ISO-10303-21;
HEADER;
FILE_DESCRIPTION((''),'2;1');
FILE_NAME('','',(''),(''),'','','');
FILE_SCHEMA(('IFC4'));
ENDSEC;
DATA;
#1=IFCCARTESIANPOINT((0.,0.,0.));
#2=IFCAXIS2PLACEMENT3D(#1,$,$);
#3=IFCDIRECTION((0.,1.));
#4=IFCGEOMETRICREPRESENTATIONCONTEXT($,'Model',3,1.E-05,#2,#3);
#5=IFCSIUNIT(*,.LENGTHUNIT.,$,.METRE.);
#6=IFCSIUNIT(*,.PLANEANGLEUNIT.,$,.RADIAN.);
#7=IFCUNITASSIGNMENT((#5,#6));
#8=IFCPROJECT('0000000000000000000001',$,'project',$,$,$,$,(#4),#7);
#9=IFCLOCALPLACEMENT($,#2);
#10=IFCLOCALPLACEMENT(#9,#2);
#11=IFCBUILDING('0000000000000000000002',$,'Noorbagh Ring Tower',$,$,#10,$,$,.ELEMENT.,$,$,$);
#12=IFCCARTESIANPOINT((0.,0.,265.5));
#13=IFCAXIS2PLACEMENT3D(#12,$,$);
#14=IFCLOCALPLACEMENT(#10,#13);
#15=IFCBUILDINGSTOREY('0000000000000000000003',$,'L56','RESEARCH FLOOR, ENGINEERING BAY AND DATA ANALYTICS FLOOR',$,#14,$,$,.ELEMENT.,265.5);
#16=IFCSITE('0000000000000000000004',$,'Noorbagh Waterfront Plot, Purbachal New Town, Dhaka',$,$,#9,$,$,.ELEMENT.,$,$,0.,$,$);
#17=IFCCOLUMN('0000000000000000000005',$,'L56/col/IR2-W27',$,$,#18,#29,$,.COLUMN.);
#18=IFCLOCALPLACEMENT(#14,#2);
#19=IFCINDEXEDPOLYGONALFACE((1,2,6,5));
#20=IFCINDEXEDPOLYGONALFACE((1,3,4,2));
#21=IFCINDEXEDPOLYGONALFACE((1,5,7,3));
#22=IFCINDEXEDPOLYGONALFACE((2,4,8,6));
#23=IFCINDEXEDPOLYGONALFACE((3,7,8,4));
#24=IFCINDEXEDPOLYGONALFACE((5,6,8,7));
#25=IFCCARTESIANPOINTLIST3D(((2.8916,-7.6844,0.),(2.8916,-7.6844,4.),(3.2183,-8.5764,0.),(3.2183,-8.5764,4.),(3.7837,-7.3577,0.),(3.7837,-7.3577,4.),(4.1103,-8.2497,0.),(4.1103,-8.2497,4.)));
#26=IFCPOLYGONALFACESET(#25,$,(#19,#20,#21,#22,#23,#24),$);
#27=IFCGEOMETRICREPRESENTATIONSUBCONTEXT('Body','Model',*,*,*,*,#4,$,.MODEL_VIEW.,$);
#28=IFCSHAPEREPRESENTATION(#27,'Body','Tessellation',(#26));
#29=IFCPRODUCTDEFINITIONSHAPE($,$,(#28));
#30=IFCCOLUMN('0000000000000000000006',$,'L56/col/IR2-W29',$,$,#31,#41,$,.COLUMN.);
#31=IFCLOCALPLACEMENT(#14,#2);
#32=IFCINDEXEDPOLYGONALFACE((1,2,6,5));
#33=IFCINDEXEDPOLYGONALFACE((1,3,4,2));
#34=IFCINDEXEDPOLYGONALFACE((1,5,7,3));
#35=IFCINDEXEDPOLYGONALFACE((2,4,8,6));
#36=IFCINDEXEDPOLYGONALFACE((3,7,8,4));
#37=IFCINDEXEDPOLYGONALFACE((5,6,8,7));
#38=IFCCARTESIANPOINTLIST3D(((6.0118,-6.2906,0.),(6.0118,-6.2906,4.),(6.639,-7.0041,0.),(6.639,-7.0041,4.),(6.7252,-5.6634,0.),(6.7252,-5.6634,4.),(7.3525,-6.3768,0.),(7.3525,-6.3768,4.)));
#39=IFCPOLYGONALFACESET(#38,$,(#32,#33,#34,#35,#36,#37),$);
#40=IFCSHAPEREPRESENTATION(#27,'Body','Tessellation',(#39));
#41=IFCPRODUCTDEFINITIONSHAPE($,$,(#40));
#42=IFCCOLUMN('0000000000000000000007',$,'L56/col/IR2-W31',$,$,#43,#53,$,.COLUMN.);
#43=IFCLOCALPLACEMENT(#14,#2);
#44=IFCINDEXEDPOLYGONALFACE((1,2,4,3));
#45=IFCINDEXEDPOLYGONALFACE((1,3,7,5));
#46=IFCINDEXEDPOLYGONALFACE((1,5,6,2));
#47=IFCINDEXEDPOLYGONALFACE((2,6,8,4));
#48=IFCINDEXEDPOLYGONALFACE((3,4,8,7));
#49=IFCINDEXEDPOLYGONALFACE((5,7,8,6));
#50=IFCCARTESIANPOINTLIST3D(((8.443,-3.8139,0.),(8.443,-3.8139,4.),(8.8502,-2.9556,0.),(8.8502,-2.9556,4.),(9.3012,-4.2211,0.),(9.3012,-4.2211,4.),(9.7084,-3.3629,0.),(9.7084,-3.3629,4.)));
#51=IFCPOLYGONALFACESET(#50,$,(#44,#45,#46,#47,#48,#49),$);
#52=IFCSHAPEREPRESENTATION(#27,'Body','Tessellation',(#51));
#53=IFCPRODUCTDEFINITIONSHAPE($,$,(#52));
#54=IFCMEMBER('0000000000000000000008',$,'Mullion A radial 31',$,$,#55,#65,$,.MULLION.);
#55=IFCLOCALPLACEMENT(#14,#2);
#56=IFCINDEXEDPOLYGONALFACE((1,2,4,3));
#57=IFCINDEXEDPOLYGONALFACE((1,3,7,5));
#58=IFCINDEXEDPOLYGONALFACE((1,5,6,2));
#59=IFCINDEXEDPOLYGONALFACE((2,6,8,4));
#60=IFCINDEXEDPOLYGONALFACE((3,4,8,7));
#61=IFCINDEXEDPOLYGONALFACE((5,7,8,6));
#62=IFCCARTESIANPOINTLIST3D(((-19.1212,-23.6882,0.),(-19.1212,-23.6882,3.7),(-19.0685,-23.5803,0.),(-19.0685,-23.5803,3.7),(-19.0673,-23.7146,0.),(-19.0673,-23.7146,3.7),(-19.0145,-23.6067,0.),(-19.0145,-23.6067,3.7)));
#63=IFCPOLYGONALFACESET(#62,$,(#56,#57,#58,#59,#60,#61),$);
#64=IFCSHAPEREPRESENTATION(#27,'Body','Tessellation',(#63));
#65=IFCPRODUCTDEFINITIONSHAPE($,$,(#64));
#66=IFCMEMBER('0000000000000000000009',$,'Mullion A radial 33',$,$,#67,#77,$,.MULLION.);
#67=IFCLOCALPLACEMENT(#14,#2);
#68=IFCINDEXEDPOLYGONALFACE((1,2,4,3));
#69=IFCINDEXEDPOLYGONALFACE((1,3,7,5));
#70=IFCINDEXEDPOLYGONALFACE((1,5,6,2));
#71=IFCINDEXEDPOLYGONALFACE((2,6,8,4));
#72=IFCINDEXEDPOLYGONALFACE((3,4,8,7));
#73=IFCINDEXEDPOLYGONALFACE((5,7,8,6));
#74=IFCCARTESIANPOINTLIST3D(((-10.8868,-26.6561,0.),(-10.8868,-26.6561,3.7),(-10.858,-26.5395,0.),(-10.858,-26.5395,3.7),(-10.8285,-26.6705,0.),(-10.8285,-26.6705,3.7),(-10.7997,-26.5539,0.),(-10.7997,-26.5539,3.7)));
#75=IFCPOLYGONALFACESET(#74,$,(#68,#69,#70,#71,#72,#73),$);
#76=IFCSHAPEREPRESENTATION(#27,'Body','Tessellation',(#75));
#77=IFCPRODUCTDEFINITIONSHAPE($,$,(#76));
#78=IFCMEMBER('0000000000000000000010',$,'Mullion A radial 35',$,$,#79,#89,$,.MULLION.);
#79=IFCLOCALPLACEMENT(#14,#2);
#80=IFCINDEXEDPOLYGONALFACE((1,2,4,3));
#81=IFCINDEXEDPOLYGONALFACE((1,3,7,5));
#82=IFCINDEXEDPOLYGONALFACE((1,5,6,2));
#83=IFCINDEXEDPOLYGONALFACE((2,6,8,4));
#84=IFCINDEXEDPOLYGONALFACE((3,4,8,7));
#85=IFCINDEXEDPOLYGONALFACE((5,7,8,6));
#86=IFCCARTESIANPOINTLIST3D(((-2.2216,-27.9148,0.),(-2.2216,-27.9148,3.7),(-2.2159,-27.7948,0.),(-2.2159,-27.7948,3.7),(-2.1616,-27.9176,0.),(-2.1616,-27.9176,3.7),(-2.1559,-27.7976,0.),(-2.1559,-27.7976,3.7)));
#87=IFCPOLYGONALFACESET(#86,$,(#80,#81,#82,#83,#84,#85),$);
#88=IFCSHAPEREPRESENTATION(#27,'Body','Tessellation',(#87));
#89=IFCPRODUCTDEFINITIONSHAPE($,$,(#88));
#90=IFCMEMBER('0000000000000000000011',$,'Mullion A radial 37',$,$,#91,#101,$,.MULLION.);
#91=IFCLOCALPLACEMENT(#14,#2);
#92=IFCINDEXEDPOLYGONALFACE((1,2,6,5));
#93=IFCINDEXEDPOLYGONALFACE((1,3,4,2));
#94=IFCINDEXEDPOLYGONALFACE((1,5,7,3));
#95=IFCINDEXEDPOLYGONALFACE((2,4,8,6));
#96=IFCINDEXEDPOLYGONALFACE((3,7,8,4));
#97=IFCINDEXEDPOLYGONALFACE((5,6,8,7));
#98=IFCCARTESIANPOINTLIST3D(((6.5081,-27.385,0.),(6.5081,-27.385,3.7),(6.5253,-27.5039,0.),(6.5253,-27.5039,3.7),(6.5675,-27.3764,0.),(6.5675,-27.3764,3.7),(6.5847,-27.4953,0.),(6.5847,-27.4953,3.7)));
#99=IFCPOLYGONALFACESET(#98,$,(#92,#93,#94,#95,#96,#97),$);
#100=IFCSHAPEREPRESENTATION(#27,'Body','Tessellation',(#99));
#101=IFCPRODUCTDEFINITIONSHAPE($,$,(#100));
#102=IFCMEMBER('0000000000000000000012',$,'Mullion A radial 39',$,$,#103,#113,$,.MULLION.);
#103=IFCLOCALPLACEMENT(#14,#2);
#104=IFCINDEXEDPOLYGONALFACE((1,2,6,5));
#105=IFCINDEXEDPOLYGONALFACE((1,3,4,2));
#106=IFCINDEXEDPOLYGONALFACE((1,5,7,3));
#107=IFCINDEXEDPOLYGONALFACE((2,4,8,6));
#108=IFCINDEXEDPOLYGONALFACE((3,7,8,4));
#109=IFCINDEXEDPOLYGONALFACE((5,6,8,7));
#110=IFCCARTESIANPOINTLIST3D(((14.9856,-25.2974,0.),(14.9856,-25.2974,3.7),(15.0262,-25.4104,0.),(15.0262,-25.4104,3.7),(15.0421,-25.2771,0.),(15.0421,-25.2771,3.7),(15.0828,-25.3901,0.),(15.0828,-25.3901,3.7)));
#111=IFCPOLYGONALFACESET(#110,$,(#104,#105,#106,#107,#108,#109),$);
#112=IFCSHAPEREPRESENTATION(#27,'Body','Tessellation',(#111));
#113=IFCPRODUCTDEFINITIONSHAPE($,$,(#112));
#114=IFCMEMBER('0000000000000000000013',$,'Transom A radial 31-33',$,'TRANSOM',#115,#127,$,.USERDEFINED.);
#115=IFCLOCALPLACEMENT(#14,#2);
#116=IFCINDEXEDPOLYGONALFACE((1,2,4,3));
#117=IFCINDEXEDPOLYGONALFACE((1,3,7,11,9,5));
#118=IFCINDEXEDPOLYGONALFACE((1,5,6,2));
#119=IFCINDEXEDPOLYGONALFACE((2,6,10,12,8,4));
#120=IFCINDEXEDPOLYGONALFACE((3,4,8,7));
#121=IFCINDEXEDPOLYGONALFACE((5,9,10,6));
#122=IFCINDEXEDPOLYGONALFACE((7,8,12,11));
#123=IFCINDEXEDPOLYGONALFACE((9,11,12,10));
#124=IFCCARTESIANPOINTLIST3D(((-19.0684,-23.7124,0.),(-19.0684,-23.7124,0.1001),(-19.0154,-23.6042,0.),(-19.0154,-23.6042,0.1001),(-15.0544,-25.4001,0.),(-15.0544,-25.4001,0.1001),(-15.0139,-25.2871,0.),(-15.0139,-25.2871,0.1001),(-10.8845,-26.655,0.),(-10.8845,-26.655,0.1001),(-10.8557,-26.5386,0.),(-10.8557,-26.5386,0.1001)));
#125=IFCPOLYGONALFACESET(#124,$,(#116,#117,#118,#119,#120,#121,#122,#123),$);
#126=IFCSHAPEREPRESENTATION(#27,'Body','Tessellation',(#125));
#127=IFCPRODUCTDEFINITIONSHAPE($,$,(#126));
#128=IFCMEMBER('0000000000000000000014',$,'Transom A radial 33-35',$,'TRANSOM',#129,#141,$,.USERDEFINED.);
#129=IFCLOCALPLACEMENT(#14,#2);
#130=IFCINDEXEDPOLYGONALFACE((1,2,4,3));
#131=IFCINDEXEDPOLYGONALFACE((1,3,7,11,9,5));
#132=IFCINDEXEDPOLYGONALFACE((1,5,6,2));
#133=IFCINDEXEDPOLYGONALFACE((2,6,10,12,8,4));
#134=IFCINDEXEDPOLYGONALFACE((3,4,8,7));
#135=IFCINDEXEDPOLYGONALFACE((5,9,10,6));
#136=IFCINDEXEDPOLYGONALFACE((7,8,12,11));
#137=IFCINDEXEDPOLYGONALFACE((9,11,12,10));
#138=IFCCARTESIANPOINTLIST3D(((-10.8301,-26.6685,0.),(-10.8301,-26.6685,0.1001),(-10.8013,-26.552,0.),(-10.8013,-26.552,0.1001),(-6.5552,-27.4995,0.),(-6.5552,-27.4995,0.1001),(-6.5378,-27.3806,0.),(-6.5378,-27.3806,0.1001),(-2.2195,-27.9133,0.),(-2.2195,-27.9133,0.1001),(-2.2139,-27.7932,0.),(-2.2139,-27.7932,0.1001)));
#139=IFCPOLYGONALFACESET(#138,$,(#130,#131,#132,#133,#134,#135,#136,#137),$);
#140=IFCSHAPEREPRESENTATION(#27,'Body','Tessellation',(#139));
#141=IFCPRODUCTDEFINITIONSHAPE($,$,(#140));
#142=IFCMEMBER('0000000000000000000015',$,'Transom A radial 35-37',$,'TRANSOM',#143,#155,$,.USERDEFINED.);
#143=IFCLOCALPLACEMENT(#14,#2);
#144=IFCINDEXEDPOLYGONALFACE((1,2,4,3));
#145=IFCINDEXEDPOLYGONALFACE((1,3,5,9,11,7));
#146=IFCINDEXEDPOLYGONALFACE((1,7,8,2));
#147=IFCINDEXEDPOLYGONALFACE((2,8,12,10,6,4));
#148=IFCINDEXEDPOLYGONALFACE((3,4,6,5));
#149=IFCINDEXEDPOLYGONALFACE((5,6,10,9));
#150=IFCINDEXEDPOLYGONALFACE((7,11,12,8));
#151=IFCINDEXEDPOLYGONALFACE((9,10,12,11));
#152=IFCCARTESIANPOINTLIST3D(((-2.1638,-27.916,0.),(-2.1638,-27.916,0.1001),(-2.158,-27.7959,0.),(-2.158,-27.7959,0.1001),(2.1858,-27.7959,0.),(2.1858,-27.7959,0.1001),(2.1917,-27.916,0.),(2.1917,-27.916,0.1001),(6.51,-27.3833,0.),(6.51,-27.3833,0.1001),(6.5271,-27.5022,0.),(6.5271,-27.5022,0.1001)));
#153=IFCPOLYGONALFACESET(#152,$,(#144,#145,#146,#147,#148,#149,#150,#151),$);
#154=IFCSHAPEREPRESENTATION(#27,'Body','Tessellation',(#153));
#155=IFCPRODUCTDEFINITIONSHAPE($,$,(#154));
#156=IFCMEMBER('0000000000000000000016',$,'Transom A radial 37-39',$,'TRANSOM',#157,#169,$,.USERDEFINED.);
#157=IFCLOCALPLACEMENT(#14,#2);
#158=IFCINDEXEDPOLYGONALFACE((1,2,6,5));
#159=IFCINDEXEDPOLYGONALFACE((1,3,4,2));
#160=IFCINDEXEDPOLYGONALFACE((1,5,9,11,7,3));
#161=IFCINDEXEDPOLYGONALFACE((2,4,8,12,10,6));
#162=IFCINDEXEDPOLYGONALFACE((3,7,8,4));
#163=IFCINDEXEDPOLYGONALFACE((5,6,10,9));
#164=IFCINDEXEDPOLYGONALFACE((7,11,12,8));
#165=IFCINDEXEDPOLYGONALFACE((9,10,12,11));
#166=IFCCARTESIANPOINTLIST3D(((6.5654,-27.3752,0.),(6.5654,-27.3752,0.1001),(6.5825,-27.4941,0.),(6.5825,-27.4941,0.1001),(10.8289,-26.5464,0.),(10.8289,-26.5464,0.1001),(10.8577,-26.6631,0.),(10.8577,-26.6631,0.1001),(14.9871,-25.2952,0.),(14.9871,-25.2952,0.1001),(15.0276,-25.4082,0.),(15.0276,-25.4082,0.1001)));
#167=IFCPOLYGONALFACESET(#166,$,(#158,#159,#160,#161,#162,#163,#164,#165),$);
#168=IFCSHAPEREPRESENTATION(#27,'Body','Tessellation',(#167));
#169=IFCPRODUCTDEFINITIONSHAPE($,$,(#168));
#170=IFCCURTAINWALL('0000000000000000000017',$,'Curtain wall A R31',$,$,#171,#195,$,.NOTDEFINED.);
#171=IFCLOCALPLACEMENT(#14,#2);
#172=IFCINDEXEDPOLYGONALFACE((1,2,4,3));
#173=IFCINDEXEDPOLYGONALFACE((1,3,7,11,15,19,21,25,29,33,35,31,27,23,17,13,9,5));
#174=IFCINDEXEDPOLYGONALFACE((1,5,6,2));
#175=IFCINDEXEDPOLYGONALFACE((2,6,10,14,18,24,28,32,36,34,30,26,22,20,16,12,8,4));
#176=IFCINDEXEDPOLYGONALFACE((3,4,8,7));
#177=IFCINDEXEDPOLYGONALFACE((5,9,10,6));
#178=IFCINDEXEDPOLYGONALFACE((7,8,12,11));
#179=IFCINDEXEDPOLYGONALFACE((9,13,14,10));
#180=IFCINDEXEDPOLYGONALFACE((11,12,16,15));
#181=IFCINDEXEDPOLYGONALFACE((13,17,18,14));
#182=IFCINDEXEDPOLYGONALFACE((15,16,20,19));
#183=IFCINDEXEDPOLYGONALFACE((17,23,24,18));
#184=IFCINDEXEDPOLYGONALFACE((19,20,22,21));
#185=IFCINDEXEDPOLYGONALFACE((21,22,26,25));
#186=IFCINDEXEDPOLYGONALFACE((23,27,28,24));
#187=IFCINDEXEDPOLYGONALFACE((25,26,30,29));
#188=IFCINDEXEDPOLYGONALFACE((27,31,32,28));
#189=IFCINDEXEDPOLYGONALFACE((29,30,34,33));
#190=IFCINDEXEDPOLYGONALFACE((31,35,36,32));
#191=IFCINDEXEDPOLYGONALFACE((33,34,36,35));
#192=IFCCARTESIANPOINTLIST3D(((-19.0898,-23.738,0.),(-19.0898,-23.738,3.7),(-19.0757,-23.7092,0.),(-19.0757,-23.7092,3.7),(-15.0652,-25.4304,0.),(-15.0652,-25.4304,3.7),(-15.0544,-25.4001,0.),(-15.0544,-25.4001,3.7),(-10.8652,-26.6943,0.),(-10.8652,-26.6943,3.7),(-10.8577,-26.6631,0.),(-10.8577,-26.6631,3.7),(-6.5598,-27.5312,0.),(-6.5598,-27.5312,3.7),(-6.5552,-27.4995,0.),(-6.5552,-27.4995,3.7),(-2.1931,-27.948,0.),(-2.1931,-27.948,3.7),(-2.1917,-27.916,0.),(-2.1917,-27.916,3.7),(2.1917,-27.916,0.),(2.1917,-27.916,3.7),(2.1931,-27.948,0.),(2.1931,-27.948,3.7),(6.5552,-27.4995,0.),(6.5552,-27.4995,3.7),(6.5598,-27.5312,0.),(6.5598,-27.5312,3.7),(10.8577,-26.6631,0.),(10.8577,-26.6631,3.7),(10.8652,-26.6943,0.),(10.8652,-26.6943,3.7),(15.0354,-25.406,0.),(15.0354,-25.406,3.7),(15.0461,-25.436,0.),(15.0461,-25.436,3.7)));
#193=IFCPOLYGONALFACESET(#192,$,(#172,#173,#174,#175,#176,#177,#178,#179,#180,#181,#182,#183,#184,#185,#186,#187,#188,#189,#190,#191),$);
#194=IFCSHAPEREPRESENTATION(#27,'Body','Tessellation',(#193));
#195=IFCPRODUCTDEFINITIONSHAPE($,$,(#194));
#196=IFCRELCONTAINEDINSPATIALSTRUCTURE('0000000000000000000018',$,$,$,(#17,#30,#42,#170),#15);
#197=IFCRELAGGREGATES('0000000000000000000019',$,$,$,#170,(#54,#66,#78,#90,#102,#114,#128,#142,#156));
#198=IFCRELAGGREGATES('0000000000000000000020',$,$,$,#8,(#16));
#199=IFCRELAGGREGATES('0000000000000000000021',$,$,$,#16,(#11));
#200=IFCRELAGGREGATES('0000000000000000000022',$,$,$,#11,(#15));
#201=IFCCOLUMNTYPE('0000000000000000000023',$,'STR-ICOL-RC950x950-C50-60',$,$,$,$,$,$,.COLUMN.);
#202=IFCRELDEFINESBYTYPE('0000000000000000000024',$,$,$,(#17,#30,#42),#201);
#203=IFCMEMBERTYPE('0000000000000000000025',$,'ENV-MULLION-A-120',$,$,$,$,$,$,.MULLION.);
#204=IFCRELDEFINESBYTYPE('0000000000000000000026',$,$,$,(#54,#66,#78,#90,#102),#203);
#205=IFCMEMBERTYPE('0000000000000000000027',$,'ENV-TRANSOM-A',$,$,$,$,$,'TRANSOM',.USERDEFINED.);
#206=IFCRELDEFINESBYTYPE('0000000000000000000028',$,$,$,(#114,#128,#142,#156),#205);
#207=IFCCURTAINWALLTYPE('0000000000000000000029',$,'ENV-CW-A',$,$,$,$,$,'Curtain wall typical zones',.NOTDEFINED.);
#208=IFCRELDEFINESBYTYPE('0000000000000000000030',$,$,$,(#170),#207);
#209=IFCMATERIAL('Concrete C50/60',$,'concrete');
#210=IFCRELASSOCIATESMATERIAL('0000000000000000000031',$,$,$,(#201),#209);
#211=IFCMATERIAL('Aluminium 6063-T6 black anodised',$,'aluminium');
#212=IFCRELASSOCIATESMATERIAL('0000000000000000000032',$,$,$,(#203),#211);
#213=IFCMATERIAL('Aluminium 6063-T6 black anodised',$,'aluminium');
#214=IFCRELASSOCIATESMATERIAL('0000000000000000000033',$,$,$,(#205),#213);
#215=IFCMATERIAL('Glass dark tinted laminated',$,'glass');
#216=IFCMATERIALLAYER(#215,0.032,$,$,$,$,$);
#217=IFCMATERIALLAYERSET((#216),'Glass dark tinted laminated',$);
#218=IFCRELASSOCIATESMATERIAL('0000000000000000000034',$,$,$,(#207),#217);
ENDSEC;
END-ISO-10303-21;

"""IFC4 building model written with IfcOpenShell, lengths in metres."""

from ifc_helpers import new_model, si_unit, direction, frame, origin, origin_2d, place, context, subcontext, project, spatial, polyline, rectangle, outline, extrude, material, layer, layer_set, material_profile, profile_set, type_object, element, aggregate, save


model = new_model("IFC4")

# Units and contexts
model_context = context("Model", 3, precision=1e-05, world=origin(), true_north=direction((0.0, 1.0)))
body_context = subcontext(model_context, "Body", "Model", "MODEL_VIEW")
ifc_project = project(units=[si_unit("LENGTHUNIT", "METRE"), si_unit("PLANEANGLEUNIT", "RADIAN")], contexts=[model_context])

# Site, building, storey
site_placement = place(None, origin())
site = spatial("IfcSite", under=ifc_project, at=site_placement, Name="Noorbagh Waterfront Plot, Purbachal New Town, Dhaka", CompositionType="ELEMENT", RefElevation=0.0)
building_placement = place(site_placement, origin())
building = spatial("IfcBuilding", under=site, at=building_placement, Name="Noorbagh Ring Tower", CompositionType="ELEMENT")
storey_placement = place(building_placement, frame((0.0, 0.0, 265.5)))
storey = spatial("IfcBuildingStorey", under=building, at=storey_placement, Name="L56", Description="RESEARCH FLOOR, ENGINEERING BAY AND DATA ANALYTICS FLOOR", CompositionType="ELEMENT", Elevation=265.5)

# Columns
ifc_material_1 = material(Name="Concrete C50/60", Category="concrete")
ifc_material_profile_1 = material_profile(ifc_material_1, rectangle(XDim=0.95, YDim=0.95, at=origin_2d()), Name="RC950x950")
ifc_profile_set_1 = profile_set([ifc_material_profile_1], Name="Concrete C50/60")
column_type = type_object("IfcColumnType", Name="STR-ICOL-RC950x950-C50-60", PredefinedType="COLUMN", material=ifc_profile_set_1)
for number, where, z_axis, x_axis, name in (
    (1, (3.501, -7.967, 0.0), (0.0, 0.0, 1.0), (0.93902, 0.343864, 0.0), "L56/col/IR2-W27"),
    (2, (6.6821, -6.3337, 0.0), (0.0, 0.0, 1.0), (0.751022, 0.660277, 0.0), "L56/col/IR2-W29"),
    (3, (9.0757, -3.5884, 0.0), (0.0, 0.0, 1.0), (0.428667, 0.903463, 0.0), "L56/col/IR2-W31"),
):
    element("IfcColumn", number, at=place(storey_placement, frame(where, z_axis=z_axis, x_axis=x_axis)), inside=storey, type_object=column_type, Name=name, PredefinedType="COLUMN", context=body_context, shape_type="SweptSolid", body=[
        extrude(rectangle(XDim=0.95, YDim=0.95, at=origin_2d()), origin(), (0.0, 0.0, 1.0), 4.0),
    ])

# Members
ifc_material_2 = material(Name="Aluminium 6063-T6 black anodised", Category="aluminium")
ifc_material_profile_2 = material_profile(ifc_material_2, rectangle(XDim=0.1201, YDim=0.0601, at=origin_2d()), Name="120x60")
ifc_profile_set_2 = profile_set([ifc_material_profile_2], Name="Aluminium 6063-T6 black anodised")
member_type_1 = type_object("IfcMemberType", Name="ENV-MULLION-A-120", PredefinedType="MULLION", material=ifc_profile_set_2)
member_1_placement = place(storey_placement, frame((-19.0679, -23.6475, 0.0), z_axis=(0.0, 0.0, 1.0), x_axis=(0.439238, 0.898371, 0.0)))
member_1 = element("IfcMember", 4, at=member_1_placement, type_object=member_type_1, Name="Mullion A radial 31", PredefinedType="MULLION", context=body_context, shape_type="SweptSolid", body=[
    extrude(rectangle(XDim=0.1201, YDim=0.0601, at=origin_2d()), origin(), (0.0, 0.0, 1.0), 3.7),
])
member_2_placement = place(storey_placement, frame((-10.8433, -26.605, 0.0), z_axis=(0.0, 0.0, 1.0), x_axis=(0.239799, 0.970823, 0.0)))
member_2 = element("IfcMember", 5, at=member_2_placement, type_object=member_type_1, Name="Mullion A radial 33", PredefinedType="MULLION", context=body_context, shape_type="SweptSolid", body=[
    extrude(rectangle(XDim=0.1201, YDim=0.0601, at=origin_2d()), origin(), (0.0, 0.0, 1.0), 3.7),
])
member_3_placement = place(storey_placement, frame((-2.1887, -27.8562, 0.0), z_axis=(0.0, 0.0, 1.0), x_axis=(0.047558, 0.998868, 0.0)))
member_3 = element("IfcMember", 6, at=member_3_placement, type_object=member_type_1, Name="Mullion A radial 35", PredefinedType="MULLION", context=body_context, shape_type="SweptSolid", body=[
    extrude(rectangle(XDim=0.1201, YDim=0.0601, at=origin_2d()), origin(), (0.0, 0.0, 1.0), 3.7),
])
member_4_placement = place(storey_placement, frame((6.5464, -27.4402, 0.0), z_axis=(0.0, 0.0, 1.0), x_axis=(-0.143082, 0.989711, 0.0)))
member_4 = element("IfcMember", 7, at=member_4_placement, type_object=member_type_1, Name="Mullion A radial 37", PredefinedType="MULLION", context=body_context, shape_type="SweptSolid", body=[
    extrude(rectangle(XDim=0.1201, YDim=0.0601, at=origin_2d()), origin(), (0.0, 0.0, 1.0), 3.7),
])
member_5_placement = place(storey_placement, frame((15.0342, -25.3438, 0.0), z_axis=(0.0, 0.0, 1.0), x_axis=(-0.338379, 0.94101, 0.0)))
member_5 = element("IfcMember", 8, at=member_5_placement, type_object=member_type_1, Name="Mullion A radial 39", PredefinedType="MULLION", context=body_context, shape_type="SweptSolid", body=[
    extrude(rectangle(XDim=0.1201, YDim=0.0601, at=origin_2d()), origin(), (0.0, 0.0, 1.0), 3.7),
])
ifc_material_3 = material(Name="Aluminium 6063-T6 black anodised", Category="aluminium")
member_type_2 = type_object("IfcMemberType", Name="ENV-TRANSOM-A", ElementType="TRANSOM", PredefinedType="USERDEFINED", material=ifc_material_3)
member_6_placement = place(storey_placement, origin())
member_6 = element("IfcMember", 9, at=member_6_placement, type_object=member_type_2, Name="Transom A radial 31-33", ObjectType="TRANSOM", PredefinedType="USERDEFINED", context=body_context, shape_type="SweptSolid", body=[
    extrude(outline(polyline([(-19.0684, -23.7124), (-15.0544, -25.4001), (-10.8845, -26.655), (-10.8557, -26.5386), (-15.0139, -25.2871), (-19.0154, -23.6042), (-19.0684, -23.7124)])), origin(), (0.0, 0.0, 1.0), 0.1001),
])
member_7_placement = place(storey_placement, origin())
member_7 = element("IfcMember", 10, at=member_7_placement, type_object=member_type_2, Name="Transom A radial 33-35", ObjectType="TRANSOM", PredefinedType="USERDEFINED", context=body_context, shape_type="SweptSolid", body=[
    extrude(outline(polyline([(-10.8301, -26.6685), (-6.5552, -27.4995), (-2.2195, -27.9133), (-2.2139, -27.7932), (-6.5378, -27.3806), (-10.8013, -26.552), (-10.8301, -26.6685)])), origin(), (0.0, 0.0, 1.0), 0.1001),
])
member_8_placement = place(storey_placement, origin())
member_8 = element("IfcMember", 11, at=member_8_placement, type_object=member_type_2, Name="Transom A radial 35-37", ObjectType="TRANSOM", PredefinedType="USERDEFINED", context=body_context, shape_type="SweptSolid", body=[
    extrude(outline(polyline([(-2.1638, -27.916), (2.1917, -27.916), (6.5271, -27.5022), (6.51, -27.3833), (2.1858, -27.7959), (-2.158, -27.7959), (-2.1638, -27.916)])), origin(), (0.0, 0.0, 1.0), 0.1001),
])
member_9_placement = place(storey_placement, origin())
member_9 = element("IfcMember", 12, at=member_9_placement, type_object=member_type_2, Name="Transom A radial 37-39", ObjectType="TRANSOM", PredefinedType="USERDEFINED", context=body_context, shape_type="SweptSolid", body=[
    extrude(outline(polyline([(6.5825, -27.4941), (10.8577, -26.6631), (15.0276, -25.4082), (14.9871, -25.2952), (10.8289, -26.5464), (6.5654, -27.3752), (6.5825, -27.4941)])), origin(), (0.0, 0.0, 1.0), 0.1001),
])

# Curtain wall
ifc_material_4 = material(Name="Glass dark tinted laminated", Category="glass")
ifc_layer_1 = layer(ifc_material_4, 0.032)
ifc_layer_set_1 = layer_set([ifc_layer_1], Name="Glass dark tinted laminated")
curtain_wall_type = type_object("IfcCurtainWallType", Name="ENV-CW-A", ElementType="Curtain wall typical zones", PredefinedType="NOTDEFINED", material=ifc_layer_set_1)
curtain_wall_placement = place(storey_placement, origin())
curtain_wall = element("IfcCurtainWall", 13, at=curtain_wall_placement, inside=storey, type_object=curtain_wall_type, Name="Curtain wall A R31", PredefinedType="NOTDEFINED", context=body_context, shape_type="SweptSolid", body=[
    extrude(outline(polyline([(-19.0898, -23.738), (-15.0652, -25.4304), (-10.8652, -26.6943), (-6.5598, -27.5312), (-2.1931, -27.948), (2.1931, -27.948), (6.5598, -27.5312), (10.8652, -26.6943), (15.0461, -25.436), (15.0354, -25.406), (10.8577, -26.6631), (6.5552, -27.4995), (2.1917, -27.916), (-2.1917, -27.916), (-6.5552, -27.4995), (-10.8577, -26.6631), (-15.0544, -25.4001), (-19.0757, -23.7092), (-19.0898, -23.738)])), origin(), (0.0, 0.0, 1.0), 3.7),
])
aggregate(curtain_wall, [member_1, member_2, member_3, member_4, member_5, member_6, member_7, member_8, member_9])

save(model, "model.ifc")
